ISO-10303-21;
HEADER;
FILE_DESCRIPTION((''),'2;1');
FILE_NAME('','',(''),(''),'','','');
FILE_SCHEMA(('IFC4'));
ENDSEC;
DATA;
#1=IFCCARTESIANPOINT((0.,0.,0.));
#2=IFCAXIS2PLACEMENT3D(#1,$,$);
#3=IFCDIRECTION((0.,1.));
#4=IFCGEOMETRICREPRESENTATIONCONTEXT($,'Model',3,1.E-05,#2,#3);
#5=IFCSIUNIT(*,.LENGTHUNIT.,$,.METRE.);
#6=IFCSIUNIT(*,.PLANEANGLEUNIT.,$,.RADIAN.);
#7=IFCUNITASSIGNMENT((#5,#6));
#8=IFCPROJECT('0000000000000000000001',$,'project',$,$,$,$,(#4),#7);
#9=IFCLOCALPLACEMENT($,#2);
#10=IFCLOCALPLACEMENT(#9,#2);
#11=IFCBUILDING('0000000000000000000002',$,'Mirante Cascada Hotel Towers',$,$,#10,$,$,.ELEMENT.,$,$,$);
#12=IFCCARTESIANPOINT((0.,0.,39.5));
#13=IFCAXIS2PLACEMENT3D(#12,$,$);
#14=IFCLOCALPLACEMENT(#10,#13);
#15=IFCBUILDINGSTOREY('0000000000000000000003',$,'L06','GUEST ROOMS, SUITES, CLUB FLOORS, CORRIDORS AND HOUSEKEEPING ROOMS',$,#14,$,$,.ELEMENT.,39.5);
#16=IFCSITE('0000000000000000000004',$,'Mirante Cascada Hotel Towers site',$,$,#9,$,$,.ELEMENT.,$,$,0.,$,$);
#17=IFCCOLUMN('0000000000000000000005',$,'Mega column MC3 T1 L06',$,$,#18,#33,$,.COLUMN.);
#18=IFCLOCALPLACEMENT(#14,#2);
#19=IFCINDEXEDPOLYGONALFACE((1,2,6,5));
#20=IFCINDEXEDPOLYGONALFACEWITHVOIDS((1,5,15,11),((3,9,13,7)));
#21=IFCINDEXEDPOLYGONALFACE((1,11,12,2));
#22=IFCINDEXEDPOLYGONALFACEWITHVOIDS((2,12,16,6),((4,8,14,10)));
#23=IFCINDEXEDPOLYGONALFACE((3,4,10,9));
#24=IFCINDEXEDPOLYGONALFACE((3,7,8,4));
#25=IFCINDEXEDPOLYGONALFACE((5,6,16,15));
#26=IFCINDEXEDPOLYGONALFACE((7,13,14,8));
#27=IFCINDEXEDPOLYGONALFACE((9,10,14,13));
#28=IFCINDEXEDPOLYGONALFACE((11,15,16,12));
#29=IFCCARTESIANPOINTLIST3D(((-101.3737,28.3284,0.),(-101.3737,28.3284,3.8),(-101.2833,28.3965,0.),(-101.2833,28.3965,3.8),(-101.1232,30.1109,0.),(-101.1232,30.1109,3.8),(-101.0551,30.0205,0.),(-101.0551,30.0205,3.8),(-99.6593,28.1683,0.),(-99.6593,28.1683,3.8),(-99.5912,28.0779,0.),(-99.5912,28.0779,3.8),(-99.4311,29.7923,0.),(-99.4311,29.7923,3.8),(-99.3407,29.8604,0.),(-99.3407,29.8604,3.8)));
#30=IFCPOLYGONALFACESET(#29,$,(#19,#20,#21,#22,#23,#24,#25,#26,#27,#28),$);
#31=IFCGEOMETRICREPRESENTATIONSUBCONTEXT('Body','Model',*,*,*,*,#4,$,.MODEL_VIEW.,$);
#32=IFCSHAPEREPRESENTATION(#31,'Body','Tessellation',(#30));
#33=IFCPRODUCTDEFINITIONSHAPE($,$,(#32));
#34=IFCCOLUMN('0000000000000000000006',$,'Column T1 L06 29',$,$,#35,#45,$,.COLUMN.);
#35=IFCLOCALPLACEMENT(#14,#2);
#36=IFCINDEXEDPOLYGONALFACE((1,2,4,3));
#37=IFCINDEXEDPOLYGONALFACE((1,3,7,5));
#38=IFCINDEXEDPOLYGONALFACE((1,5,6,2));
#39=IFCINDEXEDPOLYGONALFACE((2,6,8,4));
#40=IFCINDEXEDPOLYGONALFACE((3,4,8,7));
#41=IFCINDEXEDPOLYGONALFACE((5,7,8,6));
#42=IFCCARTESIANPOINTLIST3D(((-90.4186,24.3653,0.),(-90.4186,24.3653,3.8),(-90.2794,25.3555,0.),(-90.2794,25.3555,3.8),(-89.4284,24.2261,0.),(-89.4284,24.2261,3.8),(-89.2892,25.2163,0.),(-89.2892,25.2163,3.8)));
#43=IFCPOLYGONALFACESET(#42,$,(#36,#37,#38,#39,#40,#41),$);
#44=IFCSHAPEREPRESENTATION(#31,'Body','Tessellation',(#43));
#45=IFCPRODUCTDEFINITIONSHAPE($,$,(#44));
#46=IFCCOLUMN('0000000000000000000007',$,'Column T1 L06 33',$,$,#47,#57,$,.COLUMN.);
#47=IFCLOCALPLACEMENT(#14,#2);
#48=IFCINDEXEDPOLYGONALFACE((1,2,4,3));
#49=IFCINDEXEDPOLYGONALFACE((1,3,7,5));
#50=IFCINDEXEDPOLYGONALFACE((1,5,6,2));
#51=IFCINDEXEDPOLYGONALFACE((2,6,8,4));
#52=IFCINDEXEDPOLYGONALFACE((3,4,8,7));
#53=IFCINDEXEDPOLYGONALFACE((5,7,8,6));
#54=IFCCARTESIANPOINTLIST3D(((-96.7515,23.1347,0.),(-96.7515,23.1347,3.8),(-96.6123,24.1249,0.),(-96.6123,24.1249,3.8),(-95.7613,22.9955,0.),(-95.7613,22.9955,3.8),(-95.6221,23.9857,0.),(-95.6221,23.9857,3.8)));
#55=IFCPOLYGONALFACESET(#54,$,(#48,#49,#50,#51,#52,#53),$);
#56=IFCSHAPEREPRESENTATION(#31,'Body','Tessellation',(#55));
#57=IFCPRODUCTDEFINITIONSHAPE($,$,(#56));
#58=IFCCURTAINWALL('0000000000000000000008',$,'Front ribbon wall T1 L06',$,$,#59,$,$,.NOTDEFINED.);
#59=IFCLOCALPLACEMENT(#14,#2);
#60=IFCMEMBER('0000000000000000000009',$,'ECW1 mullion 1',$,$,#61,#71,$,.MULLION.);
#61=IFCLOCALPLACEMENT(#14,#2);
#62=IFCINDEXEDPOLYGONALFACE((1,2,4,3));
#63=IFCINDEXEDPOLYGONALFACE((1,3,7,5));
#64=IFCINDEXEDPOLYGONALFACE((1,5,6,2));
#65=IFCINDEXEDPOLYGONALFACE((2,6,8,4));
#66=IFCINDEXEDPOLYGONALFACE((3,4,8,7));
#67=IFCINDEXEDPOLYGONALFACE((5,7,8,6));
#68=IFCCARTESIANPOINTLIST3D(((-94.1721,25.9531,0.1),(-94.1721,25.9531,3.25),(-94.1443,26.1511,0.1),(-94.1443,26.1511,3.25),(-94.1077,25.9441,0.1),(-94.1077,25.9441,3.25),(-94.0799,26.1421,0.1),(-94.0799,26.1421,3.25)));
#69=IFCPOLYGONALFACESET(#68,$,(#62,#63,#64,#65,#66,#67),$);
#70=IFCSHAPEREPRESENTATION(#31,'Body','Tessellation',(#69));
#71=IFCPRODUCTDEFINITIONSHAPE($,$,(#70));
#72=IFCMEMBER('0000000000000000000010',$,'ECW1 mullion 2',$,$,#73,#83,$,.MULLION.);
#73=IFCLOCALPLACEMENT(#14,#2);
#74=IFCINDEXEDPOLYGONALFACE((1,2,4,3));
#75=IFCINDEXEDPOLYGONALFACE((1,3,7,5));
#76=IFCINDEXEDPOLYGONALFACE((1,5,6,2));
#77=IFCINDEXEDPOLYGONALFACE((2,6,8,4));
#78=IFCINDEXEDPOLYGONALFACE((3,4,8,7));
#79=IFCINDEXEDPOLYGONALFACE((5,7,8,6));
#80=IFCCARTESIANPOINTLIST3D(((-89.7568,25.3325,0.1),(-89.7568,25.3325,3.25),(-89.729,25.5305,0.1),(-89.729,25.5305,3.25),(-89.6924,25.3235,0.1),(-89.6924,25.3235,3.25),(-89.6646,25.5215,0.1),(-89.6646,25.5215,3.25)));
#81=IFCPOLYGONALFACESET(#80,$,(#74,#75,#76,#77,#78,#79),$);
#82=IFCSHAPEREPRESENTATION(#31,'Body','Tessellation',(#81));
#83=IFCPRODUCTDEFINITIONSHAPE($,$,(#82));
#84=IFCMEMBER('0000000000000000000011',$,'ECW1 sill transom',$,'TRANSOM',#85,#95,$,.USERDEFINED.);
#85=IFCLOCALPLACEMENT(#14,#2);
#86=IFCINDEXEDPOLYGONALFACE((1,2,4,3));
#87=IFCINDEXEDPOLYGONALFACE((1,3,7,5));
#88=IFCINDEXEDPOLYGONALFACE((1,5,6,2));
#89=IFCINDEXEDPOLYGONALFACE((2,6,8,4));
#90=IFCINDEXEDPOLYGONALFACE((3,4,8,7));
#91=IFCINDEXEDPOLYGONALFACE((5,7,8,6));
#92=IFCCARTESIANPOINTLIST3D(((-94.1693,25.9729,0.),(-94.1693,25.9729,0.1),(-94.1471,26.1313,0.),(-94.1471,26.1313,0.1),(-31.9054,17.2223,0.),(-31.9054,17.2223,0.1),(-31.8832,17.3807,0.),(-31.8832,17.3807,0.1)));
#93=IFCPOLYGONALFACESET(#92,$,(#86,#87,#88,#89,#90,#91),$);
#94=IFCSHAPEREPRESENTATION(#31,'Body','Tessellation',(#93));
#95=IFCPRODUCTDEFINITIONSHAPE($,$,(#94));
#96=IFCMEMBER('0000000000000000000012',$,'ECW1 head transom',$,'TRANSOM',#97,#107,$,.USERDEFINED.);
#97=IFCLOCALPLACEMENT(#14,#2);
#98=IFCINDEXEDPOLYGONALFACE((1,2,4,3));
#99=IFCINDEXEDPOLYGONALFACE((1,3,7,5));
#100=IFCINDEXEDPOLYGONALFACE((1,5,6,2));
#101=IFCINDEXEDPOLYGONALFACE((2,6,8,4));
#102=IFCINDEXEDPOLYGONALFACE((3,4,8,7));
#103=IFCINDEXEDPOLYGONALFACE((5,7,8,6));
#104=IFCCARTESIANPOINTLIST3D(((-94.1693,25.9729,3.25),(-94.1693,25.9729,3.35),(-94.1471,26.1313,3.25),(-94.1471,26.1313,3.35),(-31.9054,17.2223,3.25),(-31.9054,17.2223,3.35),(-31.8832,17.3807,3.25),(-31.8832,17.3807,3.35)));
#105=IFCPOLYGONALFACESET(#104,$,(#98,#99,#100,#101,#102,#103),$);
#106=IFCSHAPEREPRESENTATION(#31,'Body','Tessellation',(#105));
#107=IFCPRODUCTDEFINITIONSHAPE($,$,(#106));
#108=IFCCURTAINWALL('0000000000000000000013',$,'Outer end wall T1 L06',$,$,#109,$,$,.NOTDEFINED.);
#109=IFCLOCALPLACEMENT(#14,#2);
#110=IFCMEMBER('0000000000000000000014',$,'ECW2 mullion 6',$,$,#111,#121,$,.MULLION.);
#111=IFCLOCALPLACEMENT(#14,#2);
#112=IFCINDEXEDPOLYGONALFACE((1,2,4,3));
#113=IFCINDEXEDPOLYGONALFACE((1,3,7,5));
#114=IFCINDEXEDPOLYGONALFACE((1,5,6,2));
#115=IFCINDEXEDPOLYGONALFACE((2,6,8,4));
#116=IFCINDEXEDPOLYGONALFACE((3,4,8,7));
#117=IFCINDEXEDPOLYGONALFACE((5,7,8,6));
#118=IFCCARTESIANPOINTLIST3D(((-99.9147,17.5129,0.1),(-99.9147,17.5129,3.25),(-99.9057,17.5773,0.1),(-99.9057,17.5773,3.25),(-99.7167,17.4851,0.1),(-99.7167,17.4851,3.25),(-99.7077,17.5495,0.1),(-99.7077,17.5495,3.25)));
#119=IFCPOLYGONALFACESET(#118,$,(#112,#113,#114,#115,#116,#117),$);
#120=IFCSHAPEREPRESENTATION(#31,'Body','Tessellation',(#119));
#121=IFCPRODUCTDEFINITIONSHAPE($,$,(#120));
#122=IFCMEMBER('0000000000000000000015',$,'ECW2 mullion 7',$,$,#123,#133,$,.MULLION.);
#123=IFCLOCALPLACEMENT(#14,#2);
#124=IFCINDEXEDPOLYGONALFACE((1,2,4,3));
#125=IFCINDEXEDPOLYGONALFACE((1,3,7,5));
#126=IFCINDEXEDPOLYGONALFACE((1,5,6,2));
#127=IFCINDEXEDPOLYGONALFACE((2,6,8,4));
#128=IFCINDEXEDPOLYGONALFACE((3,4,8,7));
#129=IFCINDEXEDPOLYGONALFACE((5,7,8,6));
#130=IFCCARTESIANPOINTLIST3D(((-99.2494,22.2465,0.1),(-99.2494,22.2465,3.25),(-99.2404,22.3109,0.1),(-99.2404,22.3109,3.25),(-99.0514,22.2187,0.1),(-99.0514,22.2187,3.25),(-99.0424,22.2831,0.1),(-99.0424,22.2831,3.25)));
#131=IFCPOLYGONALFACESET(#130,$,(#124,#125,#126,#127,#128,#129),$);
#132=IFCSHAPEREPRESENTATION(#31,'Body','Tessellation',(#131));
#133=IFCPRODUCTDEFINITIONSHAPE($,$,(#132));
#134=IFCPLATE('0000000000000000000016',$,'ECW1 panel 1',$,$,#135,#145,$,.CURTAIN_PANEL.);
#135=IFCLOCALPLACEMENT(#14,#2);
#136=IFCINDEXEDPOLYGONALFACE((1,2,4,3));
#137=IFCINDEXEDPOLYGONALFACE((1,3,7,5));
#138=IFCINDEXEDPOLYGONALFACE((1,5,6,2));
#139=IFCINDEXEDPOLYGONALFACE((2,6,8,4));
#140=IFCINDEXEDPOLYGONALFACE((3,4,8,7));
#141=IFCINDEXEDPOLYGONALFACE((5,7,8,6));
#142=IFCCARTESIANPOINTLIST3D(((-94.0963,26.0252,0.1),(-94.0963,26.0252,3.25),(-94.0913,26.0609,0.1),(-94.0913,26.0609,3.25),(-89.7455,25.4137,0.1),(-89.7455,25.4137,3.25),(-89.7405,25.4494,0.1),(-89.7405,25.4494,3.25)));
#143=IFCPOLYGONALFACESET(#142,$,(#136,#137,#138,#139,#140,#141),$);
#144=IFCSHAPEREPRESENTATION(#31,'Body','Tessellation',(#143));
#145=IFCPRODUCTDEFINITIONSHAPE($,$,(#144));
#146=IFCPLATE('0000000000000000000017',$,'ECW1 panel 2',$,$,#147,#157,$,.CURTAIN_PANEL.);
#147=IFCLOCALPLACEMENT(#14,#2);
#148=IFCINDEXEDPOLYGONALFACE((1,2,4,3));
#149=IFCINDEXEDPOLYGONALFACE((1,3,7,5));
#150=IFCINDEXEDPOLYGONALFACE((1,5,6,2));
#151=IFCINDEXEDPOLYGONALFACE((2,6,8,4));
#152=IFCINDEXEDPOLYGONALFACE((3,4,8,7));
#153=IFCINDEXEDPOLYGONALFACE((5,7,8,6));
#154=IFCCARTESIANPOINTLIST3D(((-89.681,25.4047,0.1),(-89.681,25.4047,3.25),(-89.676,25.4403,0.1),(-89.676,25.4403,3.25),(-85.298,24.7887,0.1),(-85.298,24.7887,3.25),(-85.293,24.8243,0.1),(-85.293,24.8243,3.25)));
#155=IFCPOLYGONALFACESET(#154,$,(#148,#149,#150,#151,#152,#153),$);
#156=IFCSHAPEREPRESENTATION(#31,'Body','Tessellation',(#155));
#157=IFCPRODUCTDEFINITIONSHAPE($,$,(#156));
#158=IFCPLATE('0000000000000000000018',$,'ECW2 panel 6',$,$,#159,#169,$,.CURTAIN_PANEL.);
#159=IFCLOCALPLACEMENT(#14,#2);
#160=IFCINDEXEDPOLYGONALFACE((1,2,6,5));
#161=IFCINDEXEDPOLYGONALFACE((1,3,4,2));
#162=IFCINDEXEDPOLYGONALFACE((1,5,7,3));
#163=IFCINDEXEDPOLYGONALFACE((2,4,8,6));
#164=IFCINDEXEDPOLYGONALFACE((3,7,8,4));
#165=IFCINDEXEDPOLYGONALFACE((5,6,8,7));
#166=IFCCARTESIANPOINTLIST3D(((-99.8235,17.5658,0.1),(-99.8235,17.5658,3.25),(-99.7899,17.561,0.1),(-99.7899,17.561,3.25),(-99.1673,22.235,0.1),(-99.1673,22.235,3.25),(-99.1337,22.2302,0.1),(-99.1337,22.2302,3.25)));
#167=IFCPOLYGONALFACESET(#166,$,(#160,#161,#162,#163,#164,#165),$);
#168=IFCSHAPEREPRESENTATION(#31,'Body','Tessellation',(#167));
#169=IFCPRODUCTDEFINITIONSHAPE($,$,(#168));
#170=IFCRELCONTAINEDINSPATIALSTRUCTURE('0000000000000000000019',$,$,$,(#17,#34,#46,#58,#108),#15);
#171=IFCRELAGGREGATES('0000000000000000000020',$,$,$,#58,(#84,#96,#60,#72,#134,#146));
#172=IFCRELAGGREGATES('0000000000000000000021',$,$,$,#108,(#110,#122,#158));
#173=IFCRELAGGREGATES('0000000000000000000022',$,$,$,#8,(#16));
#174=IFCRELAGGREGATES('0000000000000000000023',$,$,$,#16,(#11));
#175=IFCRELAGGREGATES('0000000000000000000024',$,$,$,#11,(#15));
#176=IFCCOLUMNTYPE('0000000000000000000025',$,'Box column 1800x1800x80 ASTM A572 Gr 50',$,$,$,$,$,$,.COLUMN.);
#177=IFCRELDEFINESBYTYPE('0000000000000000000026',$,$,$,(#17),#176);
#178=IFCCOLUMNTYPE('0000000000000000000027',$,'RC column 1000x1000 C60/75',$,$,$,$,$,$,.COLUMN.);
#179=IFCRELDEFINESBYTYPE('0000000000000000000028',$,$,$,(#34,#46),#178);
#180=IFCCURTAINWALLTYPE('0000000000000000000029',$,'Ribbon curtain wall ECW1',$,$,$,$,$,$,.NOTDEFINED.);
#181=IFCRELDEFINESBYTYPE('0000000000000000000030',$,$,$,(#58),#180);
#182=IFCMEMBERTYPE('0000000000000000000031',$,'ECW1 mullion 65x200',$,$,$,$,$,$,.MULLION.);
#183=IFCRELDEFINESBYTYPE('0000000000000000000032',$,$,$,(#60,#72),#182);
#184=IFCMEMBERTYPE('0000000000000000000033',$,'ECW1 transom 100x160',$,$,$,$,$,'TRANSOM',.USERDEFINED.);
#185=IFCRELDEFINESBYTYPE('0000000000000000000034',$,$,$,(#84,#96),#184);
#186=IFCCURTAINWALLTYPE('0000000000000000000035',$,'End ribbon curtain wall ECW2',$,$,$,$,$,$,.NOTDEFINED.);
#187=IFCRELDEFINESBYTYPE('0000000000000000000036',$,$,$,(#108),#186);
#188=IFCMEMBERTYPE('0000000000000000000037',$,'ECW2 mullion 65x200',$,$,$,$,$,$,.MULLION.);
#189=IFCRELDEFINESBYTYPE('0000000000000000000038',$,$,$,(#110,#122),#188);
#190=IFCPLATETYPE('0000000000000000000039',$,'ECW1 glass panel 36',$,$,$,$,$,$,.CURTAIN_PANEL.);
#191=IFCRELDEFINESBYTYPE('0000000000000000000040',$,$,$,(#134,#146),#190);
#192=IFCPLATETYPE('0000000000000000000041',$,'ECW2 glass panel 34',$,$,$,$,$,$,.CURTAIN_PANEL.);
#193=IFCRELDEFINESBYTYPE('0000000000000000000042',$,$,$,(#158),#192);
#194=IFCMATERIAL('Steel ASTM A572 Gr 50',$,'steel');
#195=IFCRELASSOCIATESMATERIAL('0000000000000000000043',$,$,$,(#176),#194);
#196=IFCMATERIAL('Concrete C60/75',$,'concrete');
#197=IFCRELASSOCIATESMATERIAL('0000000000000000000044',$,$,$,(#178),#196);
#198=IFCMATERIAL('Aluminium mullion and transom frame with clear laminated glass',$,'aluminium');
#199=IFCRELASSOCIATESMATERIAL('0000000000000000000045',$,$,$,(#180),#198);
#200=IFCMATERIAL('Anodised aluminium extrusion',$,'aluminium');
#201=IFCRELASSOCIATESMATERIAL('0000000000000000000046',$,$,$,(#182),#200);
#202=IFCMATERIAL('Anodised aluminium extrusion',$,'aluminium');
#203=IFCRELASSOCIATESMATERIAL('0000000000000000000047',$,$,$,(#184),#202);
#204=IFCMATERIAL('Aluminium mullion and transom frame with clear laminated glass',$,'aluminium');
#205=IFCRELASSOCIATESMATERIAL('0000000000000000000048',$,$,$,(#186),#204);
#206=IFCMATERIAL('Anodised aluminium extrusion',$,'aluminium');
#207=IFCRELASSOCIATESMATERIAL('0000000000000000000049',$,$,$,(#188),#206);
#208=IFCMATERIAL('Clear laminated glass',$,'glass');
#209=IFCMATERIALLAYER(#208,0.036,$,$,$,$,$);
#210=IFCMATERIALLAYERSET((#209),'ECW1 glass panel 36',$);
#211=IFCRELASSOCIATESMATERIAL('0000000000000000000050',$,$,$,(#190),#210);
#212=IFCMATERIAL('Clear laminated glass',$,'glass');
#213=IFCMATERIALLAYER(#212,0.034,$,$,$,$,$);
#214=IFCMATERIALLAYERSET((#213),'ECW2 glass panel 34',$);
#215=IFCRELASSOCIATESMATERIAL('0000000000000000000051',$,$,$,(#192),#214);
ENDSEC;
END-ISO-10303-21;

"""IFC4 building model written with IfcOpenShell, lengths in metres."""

from ifc_helpers import new_model, si_unit, direction, frame, origin, origin_2d, place, context, subcontext, project, spatial, rectangle, hollow_rectangle, extrude, material, layer, layer_set, material_profile, profile_set, type_object, element, aggregate, save


model = new_model("IFC4")

# Units and contexts
model_context = context("Model", 3, precision=1e-05, world=origin(), true_north=direction((0.0, 1.0)))
body_context = subcontext(model_context, "Body", "Model", "MODEL_VIEW")
ifc_project = project(units=[si_unit("LENGTHUNIT", "METRE"), si_unit("PLANEANGLEUNIT", "RADIAN")], contexts=[model_context])

# Site, building, storey
site_placement = place(None, origin())
site = spatial("IfcSite", under=ifc_project, at=site_placement, Name="Mirante Cascada Hotel Towers site", CompositionType="ELEMENT", RefElevation=0.0)
building_placement = place(site_placement, origin())
building = spatial("IfcBuilding", under=site, at=building_placement, Name="Mirante Cascada Hotel Towers", CompositionType="ELEMENT")
storey_placement = place(building_placement, frame((0.0, 0.0, 39.5)))
storey = spatial("IfcBuildingStorey", under=building, at=storey_placement, Name="L06", Description="GUEST ROOMS, SUITES, CLUB FLOORS, CORRIDORS AND HOUSEKEEPING ROOMS", CompositionType="ELEMENT", Elevation=39.5)

# Columns
ifc_material_1 = material(Name="Steel ASTM A572 Gr 50", Category="steel")
ifc_material_profile_1 = material_profile(ifc_material_1, hollow_rectangle(XDim=1.8, YDim=1.8, WallThickness=0.08, at=origin_2d()), Name="Box column 1800x1800x80 ASTM A572 Gr 50")
ifc_profile_set_1 = profile_set([ifc_material_profile_1], Name="Steel ASTM A572 Gr 50")
column_type_1 = type_object("IfcColumnType", Name="Box column 1800x1800x80 ASTM A572 Gr 50", PredefinedType="COLUMN", material=ifc_profile_set_1)
column_placement = place(storey_placement, frame((-100.3572, 29.0944, 0.0), z_axis=(0.0, 0.0, 1.0), x_axis=(-0.990268, 0.139173, 0.0)))
element("IfcColumn", 1, at=column_placement, inside=storey, type_object=column_type_1, Name="Mega column MC3 T1 L06", PredefinedType="COLUMN", context=body_context, shape_type="SweptSolid", body=[
    extrude(hollow_rectangle(XDim=1.8, YDim=1.8, WallThickness=0.08, at=origin_2d()), origin(), (0.0, 0.0, 1.0), 3.8),
])
ifc_material_2 = material(Name="Concrete C60/75", Category="concrete")
ifc_material_profile_2 = material_profile(ifc_material_2, rectangle(XDim=1.0, YDim=1.0, at=origin_2d()), Name="RC column 1000x1000 C60/75")
ifc_profile_set_2 = profile_set([ifc_material_profile_2], Name="Concrete C60/75")
column_type_2 = type_object("IfcColumnType", Name="RC column 1000x1000 C60/75", PredefinedType="COLUMN", material=ifc_profile_set_2)
for number, where, z_axis, x_axis, name in (
    (2, (-89.8539, 24.7908, 0.0), (0.0, 0.0, 1.0), (-0.990268, 0.139173, 0.0), "Column T1 L06 29"),
    (3, (-96.1868, 23.5602, 0.0), (0.0, 0.0, 1.0), (-0.990268, 0.139173, 0.0), "Column T1 L06 33"),
):
    element("IfcColumn", number, at=place(storey_placement, frame(where, z_axis=z_axis, x_axis=x_axis)), inside=storey, type_object=column_type_2, Name=name, PredefinedType="COLUMN", context=body_context, shape_type="SweptSolid", body=[
        extrude(rectangle(XDim=1.0, YDim=1.0, at=origin_2d()), origin(), (0.0, 0.0, 1.0), 3.8),
    ])

# Curtain walls, members
ifc_material_3 = material(Name="Aluminium mullion and transom frame with clear laminated glass", Category="aluminium")
curtain_wall_type_1 = type_object("IfcCurtainWallType", Name="Ribbon curtain wall ECW1", PredefinedType="NOTDEFINED", material=ifc_material_3)
curtain_wall_1_placement = place(storey_placement, origin())
curtain_wall_1 = element("IfcCurtainWall", 4, at=curtain_wall_1_placement, inside=storey, type_object=curtain_wall_type_1, Name="Front ribbon wall T1 L06", PredefinedType="NOTDEFINED")
ifc_material_4 = material(Name="Anodised aluminium extrusion", Category="aluminium")
ifc_material_profile_3 = material_profile(ifc_material_4, rectangle(XDim=0.2, YDim=0.065, at=origin_2d()), Name="ECW1 MULLION 65x200")
ifc_profile_set_3 = profile_set([ifc_material_profile_3], Name="Anodised aluminium extrusion")
member_type_1 = type_object("IfcMemberType", Name="ECW1 mullion 65x200", PredefinedType="MULLION", material=ifc_profile_set_3)
member_1_placement = place(storey_placement, frame((-94.126, 26.0476, 0.1), z_axis=(0.0, 0.0, 1.0), x_axis=(0.139173, 0.990268, 0.0)))
member_1 = element("IfcMember", 5, at=member_1_placement, type_object=member_type_1, Name="ECW1 mullion 1", PredefinedType="MULLION", context=body_context, shape_type="SweptSolid", body=[
    extrude(rectangle(XDim=0.2, YDim=0.065, at=origin_2d()), origin(), (0.0, 0.0, 1.0), 3.15),
])
member_2_placement = place(storey_placement, frame((-89.7107, 25.427, 0.1), z_axis=(0.0, 0.0, 1.0), x_axis=(0.139173, 0.990268, 0.0)))
member_2 = element("IfcMember", 6, at=member_2_placement, type_object=member_type_1, Name="ECW1 mullion 2", PredefinedType="MULLION", context=body_context, shape_type="SweptSolid", body=[
    extrude(rectangle(XDim=0.2, YDim=0.065, at=origin_2d()), origin(), (0.0, 0.0, 1.0), 3.15),
])
ifc_material_5 = material(Name="Anodised aluminium extrusion", Category="aluminium")
ifc_material_profile_4 = material_profile(ifc_material_5, rectangle(XDim=0.16, YDim=0.1, at=origin_2d()), Name="ECW1 TRANSOM 100x160")
ifc_profile_set_4 = profile_set([ifc_material_profile_4], Name="Anodised aluminium extrusion")
member_type_2 = type_object("IfcMemberType", Name="ECW1 transom 100x160", ElementType="TRANSOM", PredefinedType="USERDEFINED", material=ifc_profile_set_4)
member_3_placement = place(storey_placement, frame((-94.1582, 26.0521, 0.05), z_axis=(0.990268, -0.139173, 0.0), x_axis=(0.139173, 0.990268, 0.0)))
member_3 = element("IfcMember", 7, at=member_3_placement, type_object=member_type_2, Name="ECW1 sill transom", ObjectType="TRANSOM", PredefinedType="USERDEFINED", context=body_context, shape_type="SweptSolid", body=[
    extrude(rectangle(XDim=0.16, YDim=0.1, at=origin_2d()), origin(), (0.0, 0.0, 1.0), 62.8758),
])
member_4_placement = place(storey_placement, frame((-94.1582, 26.0521, 3.3), z_axis=(0.990268, -0.139173, 0.0), x_axis=(0.139173, 0.990268, 0.0)))
member_4 = element("IfcMember", 8, at=member_4_placement, type_object=member_type_2, Name="ECW1 head transom", ObjectType="TRANSOM", PredefinedType="USERDEFINED", context=body_context, shape_type="SweptSolid", body=[
    extrude(rectangle(XDim=0.16, YDim=0.1, at=origin_2d()), origin(), (0.0, 0.0, 1.0), 62.8758),
])
ifc_material_6 = material(Name="Aluminium mullion and transom frame with clear laminated glass", Category="aluminium")
curtain_wall_type_2 = type_object("IfcCurtainWallType", Name="End ribbon curtain wall ECW2", PredefinedType="NOTDEFINED", material=ifc_material_6)
curtain_wall_2_placement = place(storey_placement, origin())
curtain_wall_2 = element("IfcCurtainWall", 9, at=curtain_wall_2_placement, inside=storey, type_object=curtain_wall_type_2, Name="Outer end wall T1 L06", PredefinedType="NOTDEFINED")
ifc_material_7 = material(Name="Anodised aluminium extrusion", Category="aluminium")
ifc_material_profile_5 = material_profile(ifc_material_7, rectangle(XDim=0.2, YDim=0.065, at=origin_2d()), Name="ECW2 MULLION 65x200")
ifc_profile_set_5 = profile_set([ifc_material_profile_5], Name="Anodised aluminium extrusion")
member_type_3 = type_object("IfcMemberType", Name="ECW2 mullion 65x200", PredefinedType="MULLION", material=ifc_profile_set_5)
member_5_placement = place(storey_placement, frame((-99.8112, 17.5312, 0.1), z_axis=(0.0, 0.0, 1.0), x_axis=(-0.990268, 0.139173, 0.0)))
member_5 = element("IfcMember", 10, at=member_5_placement, type_object=member_type_3, Name="ECW2 mullion 6", PredefinedType="MULLION", context=body_context, shape_type="SweptSolid", body=[
    extrude(rectangle(XDim=0.2, YDim=0.065, at=origin_2d()), origin(), (0.0, 0.0, 1.0), 3.15),
])
member_6_placement = place(storey_placement, frame((-99.1459, 22.2648, 0.1), z_axis=(0.0, 0.0, 1.0), x_axis=(-0.990268, 0.139173, 0.0)))
member_6 = element("IfcMember", 11, at=member_6_placement, type_object=member_type_3, Name="ECW2 mullion 7", PredefinedType="MULLION", context=body_context, shape_type="SweptSolid", body=[
    extrude(rectangle(XDim=0.2, YDim=0.065, at=origin_2d()), origin(), (0.0, 0.0, 1.0), 3.15),
])

# Plates
ifc_material_8 = material(Name="Clear laminated glass", Category="glass")
ifc_layer_1 = layer(ifc_material_8, 0.036)
ifc_layer_set_1 = layer_set([ifc_layer_1], Name="ECW1 glass panel 36")
plate_type_1 = type_object("IfcPlateType", Name="ECW1 glass panel 36", PredefinedType="CURTAIN_PANEL", material=ifc_layer_set_1)
plate_1_placement = place(storey_placement, frame((-91.9184, 25.7373, 0.1), z_axis=(0.0, 0.0, 1.0), x_axis=(0.990268, -0.139173, 0.0)))
plate_1 = element("IfcPlate", 12, at=plate_1_placement, type_object=plate_type_1, Name="ECW1 panel 1", PredefinedType="CURTAIN_PANEL", context=body_context, shape_type="SweptSolid", body=[
    extrude(rectangle(XDim=4.3936, YDim=0.036, at=origin_2d()), origin(), (0.0, 0.0, 1.0), 3.15),
])
plate_2_placement = place(storey_placement, frame((-87.487, 25.1145, 0.1), z_axis=(0.0, 0.0, 1.0), x_axis=(0.990268, -0.139173, 0.0)))
plate_2 = element("IfcPlate", 13, at=plate_2_placement, type_object=plate_type_1, Name="ECW1 panel 2", PredefinedType="CURTAIN_PANEL", context=body_context, shape_type="SweptSolid", body=[
    extrude(rectangle(XDim=4.4261, YDim=0.036, at=origin_2d()), origin(), (0.0, 0.0, 1.0), 3.15),
])
aggregate(curtain_wall_1, [member_3, member_4, member_1, member_2, plate_1, plate_2])
ifc_material_9 = material(Name="Clear laminated glass", Category="glass")
ifc_layer_2 = layer(ifc_material_9, 0.034)
ifc_layer_set_2 = layer_set([ifc_layer_2], Name="ECW2 glass panel 34")
plate_type_2 = type_object("IfcPlateType", Name="ECW2 glass panel 34", PredefinedType="CURTAIN_PANEL", material=ifc_layer_set_2)
plate_3_placement = place(storey_placement, frame((-99.4786, 19.898, 0.1), z_axis=(0.0, 0.0, 1.0), x_axis=(0.139173, 0.990268, 0.0)))
plate_3 = element("IfcPlate", 14, at=plate_3_placement, type_object=plate_type_2, Name="ECW2 panel 6", PredefinedType="CURTAIN_PANEL", context=body_context, shape_type="SweptSolid", body=[
    extrude(rectangle(XDim=4.7151, YDim=0.034, at=origin_2d()), origin(), (0.0, 0.0, 1.0), 3.15),
])
aggregate(curtain_wall_2, [member_5, member_6, plate_3])

save(model, "model.ifc")
